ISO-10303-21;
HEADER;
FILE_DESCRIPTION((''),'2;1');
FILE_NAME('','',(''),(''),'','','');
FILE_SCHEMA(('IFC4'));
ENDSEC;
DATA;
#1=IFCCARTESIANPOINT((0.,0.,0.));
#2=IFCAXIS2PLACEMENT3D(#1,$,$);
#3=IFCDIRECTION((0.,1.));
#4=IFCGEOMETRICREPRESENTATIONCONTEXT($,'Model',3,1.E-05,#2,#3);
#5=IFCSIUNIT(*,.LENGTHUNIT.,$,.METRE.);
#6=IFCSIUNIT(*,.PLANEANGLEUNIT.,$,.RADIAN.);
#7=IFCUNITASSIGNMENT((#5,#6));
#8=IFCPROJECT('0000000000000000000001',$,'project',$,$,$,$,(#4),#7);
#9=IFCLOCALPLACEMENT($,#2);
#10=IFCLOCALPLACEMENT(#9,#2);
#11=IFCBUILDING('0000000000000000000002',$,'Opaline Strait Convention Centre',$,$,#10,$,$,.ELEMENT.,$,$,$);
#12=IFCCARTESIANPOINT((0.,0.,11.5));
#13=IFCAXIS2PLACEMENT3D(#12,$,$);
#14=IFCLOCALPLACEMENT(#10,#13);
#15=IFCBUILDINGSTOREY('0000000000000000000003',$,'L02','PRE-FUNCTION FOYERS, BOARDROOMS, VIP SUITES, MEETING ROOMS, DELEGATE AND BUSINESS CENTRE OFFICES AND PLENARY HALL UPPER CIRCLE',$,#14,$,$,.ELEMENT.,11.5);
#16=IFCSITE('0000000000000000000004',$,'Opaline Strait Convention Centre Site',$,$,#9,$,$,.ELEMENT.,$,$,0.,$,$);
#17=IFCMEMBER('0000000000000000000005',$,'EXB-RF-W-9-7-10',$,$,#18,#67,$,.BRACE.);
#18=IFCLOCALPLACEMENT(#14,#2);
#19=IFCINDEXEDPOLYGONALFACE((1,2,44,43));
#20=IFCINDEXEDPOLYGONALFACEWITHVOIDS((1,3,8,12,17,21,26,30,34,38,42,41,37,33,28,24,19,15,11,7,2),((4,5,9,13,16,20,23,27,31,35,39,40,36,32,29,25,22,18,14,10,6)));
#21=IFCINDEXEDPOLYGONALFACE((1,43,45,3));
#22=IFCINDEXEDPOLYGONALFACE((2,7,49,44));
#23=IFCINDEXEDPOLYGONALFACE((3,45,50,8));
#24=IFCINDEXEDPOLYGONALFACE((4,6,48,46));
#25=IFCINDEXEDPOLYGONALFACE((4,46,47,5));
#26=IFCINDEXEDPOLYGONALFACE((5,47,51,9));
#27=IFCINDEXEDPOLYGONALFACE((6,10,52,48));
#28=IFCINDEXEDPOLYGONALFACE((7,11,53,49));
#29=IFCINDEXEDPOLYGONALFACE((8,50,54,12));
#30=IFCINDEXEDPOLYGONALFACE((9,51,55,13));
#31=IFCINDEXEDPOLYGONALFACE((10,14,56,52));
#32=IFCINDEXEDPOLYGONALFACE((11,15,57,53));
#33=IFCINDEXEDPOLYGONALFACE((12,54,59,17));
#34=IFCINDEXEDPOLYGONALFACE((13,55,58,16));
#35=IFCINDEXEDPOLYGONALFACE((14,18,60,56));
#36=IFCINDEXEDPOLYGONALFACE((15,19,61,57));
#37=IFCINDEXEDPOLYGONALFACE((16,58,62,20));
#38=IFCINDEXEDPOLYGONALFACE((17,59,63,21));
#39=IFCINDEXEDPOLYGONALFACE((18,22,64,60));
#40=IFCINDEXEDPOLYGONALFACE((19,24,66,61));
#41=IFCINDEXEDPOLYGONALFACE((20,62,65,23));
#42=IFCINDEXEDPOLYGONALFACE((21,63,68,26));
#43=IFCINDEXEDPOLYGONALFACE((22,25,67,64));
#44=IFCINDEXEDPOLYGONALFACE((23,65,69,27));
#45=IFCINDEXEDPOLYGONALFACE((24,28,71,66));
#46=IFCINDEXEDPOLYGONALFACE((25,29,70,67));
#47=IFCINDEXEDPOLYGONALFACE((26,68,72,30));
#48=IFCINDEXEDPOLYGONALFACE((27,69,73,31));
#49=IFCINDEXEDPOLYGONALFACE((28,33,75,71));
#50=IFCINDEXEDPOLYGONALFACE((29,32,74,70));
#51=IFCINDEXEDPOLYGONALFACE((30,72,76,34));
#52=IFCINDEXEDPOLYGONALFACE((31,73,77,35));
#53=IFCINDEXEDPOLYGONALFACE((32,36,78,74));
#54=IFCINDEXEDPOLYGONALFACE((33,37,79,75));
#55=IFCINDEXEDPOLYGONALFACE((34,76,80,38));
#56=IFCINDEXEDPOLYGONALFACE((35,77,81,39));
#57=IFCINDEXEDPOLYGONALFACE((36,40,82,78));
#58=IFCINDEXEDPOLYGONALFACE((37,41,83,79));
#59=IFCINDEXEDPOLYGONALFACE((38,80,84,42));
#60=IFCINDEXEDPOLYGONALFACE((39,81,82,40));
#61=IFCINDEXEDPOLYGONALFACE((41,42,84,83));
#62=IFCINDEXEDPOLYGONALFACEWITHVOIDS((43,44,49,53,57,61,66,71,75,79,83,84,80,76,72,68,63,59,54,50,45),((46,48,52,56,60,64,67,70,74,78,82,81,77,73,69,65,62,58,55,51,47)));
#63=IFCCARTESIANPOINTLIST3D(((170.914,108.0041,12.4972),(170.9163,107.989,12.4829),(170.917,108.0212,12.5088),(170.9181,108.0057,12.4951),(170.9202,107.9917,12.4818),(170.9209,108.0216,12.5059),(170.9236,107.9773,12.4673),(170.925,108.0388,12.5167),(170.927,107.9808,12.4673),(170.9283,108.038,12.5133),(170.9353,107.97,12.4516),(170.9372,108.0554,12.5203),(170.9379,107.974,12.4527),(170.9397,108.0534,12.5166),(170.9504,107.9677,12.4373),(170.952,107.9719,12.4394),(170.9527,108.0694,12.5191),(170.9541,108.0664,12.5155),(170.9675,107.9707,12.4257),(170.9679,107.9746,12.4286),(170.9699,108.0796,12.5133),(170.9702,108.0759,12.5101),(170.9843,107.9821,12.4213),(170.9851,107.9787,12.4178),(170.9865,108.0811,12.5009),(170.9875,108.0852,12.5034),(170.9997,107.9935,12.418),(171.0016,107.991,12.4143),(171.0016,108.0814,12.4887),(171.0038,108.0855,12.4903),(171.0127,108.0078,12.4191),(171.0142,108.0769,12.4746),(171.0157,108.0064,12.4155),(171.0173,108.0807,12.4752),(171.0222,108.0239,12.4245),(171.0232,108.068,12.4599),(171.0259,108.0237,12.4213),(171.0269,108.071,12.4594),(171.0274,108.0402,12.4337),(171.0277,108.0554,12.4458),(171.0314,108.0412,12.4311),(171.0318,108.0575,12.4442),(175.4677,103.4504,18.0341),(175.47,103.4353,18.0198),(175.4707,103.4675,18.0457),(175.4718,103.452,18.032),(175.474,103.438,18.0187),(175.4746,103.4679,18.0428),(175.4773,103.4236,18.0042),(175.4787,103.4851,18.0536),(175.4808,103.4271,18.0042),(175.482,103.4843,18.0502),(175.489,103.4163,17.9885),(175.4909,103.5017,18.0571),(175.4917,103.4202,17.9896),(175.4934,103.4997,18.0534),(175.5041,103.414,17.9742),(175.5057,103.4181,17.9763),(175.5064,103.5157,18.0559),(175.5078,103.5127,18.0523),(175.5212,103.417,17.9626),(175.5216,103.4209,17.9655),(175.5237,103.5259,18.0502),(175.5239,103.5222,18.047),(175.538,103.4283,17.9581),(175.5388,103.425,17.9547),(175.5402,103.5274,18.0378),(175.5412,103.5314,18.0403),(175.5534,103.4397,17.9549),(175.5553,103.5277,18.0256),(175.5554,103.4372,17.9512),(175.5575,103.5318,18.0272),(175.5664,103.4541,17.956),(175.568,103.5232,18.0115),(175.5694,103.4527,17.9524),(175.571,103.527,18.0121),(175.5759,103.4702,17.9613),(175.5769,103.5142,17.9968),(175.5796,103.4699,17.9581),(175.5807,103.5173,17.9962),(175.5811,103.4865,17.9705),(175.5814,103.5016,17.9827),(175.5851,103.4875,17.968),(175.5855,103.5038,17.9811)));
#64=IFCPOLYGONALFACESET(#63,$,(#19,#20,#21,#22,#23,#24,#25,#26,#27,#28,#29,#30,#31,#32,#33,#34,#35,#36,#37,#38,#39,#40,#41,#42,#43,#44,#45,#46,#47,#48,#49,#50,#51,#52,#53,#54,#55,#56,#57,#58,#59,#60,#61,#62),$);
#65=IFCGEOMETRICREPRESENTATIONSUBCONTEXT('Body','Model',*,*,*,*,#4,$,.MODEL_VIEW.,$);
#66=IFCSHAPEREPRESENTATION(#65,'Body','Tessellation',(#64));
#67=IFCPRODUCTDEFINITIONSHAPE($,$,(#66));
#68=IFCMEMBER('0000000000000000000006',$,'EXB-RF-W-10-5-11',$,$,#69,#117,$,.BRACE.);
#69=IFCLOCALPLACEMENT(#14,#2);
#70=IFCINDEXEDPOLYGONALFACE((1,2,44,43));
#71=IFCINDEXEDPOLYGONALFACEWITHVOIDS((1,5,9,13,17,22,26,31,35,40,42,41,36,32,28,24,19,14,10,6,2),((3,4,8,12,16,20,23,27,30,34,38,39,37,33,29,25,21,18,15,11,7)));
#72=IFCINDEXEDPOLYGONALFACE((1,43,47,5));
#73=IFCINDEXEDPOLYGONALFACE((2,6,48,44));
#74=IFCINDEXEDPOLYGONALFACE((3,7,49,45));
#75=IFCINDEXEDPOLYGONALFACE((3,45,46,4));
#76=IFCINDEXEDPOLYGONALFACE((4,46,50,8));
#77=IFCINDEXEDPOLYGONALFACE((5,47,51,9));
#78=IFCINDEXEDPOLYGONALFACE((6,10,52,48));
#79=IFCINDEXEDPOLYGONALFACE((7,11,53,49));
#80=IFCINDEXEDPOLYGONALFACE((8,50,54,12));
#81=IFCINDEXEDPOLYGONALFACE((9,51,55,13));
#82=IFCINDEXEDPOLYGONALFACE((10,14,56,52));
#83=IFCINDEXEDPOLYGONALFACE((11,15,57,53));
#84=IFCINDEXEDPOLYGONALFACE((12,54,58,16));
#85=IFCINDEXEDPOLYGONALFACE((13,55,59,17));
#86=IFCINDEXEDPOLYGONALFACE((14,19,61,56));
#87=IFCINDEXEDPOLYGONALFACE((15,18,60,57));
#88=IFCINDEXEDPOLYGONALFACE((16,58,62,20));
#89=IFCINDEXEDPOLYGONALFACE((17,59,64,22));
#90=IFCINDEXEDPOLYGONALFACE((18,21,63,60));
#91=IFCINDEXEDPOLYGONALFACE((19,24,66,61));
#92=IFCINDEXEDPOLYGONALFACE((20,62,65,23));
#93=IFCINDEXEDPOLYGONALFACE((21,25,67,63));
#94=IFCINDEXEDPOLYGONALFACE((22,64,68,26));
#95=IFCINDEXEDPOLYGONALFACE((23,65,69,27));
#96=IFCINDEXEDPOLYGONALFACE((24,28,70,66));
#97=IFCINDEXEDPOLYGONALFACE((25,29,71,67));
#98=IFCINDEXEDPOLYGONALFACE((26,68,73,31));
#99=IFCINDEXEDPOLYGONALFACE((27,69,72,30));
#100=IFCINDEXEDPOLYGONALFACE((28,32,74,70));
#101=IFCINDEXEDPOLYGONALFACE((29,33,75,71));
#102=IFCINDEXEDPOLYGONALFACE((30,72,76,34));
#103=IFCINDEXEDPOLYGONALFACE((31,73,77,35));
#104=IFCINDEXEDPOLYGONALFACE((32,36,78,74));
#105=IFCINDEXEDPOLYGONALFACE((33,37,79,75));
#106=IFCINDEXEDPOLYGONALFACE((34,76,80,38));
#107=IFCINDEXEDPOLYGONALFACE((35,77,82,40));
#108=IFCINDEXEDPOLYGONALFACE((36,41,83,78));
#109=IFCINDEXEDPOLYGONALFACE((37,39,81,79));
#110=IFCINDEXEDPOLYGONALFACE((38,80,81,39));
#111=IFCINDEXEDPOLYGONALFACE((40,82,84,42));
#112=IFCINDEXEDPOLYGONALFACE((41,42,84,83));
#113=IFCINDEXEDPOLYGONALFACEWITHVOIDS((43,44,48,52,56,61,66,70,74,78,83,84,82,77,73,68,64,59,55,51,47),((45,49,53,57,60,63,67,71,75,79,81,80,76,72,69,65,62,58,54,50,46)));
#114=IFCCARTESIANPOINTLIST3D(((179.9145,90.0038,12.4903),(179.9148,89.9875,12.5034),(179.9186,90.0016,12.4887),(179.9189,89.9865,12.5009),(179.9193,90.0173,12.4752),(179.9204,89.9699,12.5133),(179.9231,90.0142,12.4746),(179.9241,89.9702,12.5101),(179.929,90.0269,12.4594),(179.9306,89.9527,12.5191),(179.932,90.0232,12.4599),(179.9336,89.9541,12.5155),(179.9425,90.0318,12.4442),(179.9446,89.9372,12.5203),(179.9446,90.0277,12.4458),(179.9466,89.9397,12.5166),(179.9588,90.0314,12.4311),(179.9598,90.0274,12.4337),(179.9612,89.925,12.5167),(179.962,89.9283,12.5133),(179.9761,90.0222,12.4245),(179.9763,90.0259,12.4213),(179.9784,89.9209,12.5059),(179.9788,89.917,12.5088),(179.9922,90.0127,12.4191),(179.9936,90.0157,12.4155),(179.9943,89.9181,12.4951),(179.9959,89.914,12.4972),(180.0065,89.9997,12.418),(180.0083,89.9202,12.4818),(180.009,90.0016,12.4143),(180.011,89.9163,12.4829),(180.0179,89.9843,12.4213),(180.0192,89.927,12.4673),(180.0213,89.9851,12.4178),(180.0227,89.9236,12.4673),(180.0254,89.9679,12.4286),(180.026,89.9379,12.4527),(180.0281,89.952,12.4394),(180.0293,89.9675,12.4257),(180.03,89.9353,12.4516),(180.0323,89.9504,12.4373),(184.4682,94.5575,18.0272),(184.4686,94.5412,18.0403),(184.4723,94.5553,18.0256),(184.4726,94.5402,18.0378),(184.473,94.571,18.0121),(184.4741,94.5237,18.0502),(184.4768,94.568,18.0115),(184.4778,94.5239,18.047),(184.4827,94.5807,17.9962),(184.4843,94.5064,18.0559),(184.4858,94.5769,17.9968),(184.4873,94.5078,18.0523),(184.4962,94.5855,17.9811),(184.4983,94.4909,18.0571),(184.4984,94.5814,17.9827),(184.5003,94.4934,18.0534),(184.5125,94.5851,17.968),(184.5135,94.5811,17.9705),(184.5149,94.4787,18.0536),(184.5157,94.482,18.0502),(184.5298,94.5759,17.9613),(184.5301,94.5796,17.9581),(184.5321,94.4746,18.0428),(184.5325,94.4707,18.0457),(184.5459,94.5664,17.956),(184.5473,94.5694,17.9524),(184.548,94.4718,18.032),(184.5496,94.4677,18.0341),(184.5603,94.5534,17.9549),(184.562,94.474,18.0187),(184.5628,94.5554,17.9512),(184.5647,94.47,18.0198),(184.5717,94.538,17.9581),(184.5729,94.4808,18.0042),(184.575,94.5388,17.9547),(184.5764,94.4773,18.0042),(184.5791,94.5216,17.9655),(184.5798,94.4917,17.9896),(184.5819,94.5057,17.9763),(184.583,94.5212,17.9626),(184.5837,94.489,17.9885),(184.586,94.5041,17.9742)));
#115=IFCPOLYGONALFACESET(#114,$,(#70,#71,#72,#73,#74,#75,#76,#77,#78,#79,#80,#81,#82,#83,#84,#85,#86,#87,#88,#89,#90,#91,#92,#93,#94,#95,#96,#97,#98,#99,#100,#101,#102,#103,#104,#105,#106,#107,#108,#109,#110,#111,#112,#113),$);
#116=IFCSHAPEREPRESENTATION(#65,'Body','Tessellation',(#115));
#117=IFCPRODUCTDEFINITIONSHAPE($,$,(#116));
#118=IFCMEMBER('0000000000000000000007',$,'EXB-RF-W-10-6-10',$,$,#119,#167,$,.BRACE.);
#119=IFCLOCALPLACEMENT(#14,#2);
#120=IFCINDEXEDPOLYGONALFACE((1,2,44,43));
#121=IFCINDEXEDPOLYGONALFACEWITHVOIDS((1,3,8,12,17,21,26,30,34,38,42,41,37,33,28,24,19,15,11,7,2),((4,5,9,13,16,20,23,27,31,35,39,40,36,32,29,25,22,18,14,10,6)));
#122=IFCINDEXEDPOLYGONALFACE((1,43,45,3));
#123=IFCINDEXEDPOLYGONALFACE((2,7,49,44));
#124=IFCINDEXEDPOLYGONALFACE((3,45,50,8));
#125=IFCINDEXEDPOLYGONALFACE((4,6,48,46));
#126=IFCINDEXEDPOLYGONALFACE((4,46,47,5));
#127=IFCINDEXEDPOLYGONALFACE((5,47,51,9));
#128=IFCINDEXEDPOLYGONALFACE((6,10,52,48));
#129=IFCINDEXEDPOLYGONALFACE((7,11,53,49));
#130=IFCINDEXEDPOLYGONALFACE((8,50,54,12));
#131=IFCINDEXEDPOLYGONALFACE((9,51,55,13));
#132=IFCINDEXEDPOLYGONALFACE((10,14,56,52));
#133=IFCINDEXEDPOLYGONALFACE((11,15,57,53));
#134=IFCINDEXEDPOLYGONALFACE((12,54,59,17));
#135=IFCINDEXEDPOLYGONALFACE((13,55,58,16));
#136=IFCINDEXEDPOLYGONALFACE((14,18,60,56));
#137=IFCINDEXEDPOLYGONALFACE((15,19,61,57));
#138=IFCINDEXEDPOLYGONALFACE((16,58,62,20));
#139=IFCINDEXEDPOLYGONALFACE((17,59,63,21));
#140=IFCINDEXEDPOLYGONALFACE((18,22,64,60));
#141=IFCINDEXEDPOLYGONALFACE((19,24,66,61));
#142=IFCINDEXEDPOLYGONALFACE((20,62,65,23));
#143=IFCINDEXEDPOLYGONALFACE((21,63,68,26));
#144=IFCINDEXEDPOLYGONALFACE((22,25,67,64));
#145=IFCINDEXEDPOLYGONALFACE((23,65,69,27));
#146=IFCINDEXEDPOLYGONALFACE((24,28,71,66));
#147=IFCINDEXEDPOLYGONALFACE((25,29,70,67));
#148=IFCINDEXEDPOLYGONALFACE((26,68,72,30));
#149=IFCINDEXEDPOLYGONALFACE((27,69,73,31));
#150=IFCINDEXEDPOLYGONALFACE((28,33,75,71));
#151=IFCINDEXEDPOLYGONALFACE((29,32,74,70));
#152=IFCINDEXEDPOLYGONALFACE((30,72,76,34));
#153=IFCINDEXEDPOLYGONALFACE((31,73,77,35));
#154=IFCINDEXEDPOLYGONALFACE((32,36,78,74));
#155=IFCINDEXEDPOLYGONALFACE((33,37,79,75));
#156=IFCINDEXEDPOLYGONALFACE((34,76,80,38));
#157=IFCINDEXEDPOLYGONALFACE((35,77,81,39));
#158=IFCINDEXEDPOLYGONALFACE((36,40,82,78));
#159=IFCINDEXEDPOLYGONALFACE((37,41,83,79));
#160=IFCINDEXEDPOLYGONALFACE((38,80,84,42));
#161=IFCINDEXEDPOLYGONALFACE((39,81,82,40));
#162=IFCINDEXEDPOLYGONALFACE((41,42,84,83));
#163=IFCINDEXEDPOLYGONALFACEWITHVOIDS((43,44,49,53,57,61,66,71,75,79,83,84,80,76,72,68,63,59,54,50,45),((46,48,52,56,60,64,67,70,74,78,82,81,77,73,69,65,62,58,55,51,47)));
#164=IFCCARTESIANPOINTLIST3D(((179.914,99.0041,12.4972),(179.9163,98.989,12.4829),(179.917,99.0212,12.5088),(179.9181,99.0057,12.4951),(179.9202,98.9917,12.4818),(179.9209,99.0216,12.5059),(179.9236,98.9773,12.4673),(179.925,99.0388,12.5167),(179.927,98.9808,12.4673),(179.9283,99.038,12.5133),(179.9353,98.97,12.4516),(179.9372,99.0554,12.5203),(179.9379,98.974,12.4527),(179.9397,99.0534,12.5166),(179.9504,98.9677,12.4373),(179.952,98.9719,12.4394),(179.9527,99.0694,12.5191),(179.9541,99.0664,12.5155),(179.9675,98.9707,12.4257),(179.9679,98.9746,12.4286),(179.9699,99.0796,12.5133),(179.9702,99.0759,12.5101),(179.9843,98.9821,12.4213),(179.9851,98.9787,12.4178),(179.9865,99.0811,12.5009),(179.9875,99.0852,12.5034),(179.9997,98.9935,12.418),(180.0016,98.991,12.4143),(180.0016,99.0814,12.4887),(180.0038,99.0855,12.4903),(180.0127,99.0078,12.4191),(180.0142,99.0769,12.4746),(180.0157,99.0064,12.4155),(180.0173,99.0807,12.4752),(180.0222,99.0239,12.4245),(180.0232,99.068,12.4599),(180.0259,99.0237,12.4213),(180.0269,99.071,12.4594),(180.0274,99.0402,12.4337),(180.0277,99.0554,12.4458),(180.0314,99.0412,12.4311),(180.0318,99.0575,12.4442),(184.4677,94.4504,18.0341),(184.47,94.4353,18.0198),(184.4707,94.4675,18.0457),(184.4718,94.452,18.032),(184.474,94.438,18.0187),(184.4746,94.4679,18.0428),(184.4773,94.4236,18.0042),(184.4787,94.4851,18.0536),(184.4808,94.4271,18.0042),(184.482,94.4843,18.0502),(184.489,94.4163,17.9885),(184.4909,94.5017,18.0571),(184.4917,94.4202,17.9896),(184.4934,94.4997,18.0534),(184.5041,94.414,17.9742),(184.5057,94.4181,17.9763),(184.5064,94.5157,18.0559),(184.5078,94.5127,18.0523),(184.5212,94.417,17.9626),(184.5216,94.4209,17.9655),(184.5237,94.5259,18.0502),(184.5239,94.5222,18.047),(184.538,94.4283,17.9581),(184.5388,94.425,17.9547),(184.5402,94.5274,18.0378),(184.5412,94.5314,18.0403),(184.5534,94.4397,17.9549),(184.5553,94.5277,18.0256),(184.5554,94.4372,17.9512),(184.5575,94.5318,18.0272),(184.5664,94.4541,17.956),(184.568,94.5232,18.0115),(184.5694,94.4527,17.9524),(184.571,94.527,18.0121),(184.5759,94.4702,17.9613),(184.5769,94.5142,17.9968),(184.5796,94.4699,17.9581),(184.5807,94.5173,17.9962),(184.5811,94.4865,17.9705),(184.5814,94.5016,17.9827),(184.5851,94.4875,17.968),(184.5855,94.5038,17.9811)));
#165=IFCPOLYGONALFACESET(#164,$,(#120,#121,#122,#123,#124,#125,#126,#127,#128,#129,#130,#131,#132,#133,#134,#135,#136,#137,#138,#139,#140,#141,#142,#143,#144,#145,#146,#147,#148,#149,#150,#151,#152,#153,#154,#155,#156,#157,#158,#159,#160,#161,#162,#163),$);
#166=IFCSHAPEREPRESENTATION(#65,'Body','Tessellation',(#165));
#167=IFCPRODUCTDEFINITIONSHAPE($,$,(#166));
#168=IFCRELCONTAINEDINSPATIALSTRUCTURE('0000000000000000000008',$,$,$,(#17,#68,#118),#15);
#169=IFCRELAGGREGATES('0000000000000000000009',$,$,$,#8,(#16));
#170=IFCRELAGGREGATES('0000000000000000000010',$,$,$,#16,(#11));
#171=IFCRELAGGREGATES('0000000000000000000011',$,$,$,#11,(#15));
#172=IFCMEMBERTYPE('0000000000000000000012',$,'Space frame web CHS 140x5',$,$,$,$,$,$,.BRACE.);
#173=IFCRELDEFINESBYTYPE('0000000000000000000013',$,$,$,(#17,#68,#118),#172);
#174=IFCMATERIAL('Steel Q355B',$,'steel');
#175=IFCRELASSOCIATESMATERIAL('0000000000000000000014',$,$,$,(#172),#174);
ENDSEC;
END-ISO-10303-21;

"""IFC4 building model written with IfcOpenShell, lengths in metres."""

from ifc_helpers import new_model, si_unit, direction, frame, origin, origin_2d, place, context, subcontext, project, spatial, hollow_circle, extrude, material, material_profile, profile_set, type_object, element, save


model = new_model("IFC4")

# Units and contexts
model_context = context("Model", 3, precision=1e-05, world=origin(), true_north=direction((0.0, 1.0)))
body_context = subcontext(model_context, "Body", "Model", "MODEL_VIEW")
ifc_project = project(units=[si_unit("LENGTHUNIT", "METRE"), si_unit("PLANEANGLEUNIT", "RADIAN")], contexts=[model_context])

# Site, building, storey
site_placement = place(None, origin())
site = spatial("IfcSite", under=ifc_project, at=site_placement, Name="Opaline Strait Convention Centre Site", CompositionType="ELEMENT", RefElevation=0.0)
building_placement = place(site_placement, origin())
building = spatial("IfcBuilding", under=site, at=building_placement, Name="Opaline Strait Convention Centre", CompositionType="ELEMENT")
storey_placement = place(building_placement, frame((0.0, 0.0, 11.5)))
storey = spatial("IfcBuildingStorey", under=building, at=storey_placement, Name="L02", Description="PRE-FUNCTION FOYERS, BOARDROOMS, VIP SUITES, MEETING ROOMS, DELEGATE AND BUSINESS CENTRE OFFICES AND PLENARY HALL UPPER CIRCLE", CompositionType="ELEMENT", Elevation=11.5)

# Members
ifc_material = material(Name="Steel Q355B", Category="steel")
ifc_material_profile_1 = material_profile(ifc_material, hollow_circle(Radius=0.0701, WallThickness=0.0049, at=origin_2d()), Name="CHS 140x5")
ifc_profile_set_1 = profile_set([ifc_material_profile_1], Name="Steel Q355B")
member_type_1 = type_object("IfcMemberType", Name="Space frame web CHS 140x5", PredefinedType="BRACE", material=ifc_profile_set_1)
for number, where, z_axis, x_axis, name in (
    (1, (175.5269, 103.4731, 18.0042), (-0.536178, 0.536178, -0.65194), (-0.707107, -0.707107, 0.0), "EXB-RF-W-9-7-10"),
    (2, (184.5269, 94.5269, 18.0042), (-0.536178, -0.536178, -0.65194), (0.707107, -0.707107, 0.0), "EXB-RF-W-10-5-11"),
    (3, (184.5269, 94.4731, 18.0042), (-0.536178, 0.536178, -0.65194), (-0.707107, -0.707107, 0.0), "EXB-RF-W-10-6-10"),
):
    element("IfcMember", number, at=place(storey_placement, frame(where, z_axis=z_axis, x_axis=x_axis)), inside=storey, type_object=member_type_1, Name=name, PredefinedType="BRACE", context=body_context, shape_type="SweptSolid", body=[
        extrude(hollow_circle(Radius=0.0701, WallThickness=0.0049, at=origin_2d()), origin(), (0.0, 0.0, 1.0), 8.4929),
    ])

save(model, "model.ifc")
